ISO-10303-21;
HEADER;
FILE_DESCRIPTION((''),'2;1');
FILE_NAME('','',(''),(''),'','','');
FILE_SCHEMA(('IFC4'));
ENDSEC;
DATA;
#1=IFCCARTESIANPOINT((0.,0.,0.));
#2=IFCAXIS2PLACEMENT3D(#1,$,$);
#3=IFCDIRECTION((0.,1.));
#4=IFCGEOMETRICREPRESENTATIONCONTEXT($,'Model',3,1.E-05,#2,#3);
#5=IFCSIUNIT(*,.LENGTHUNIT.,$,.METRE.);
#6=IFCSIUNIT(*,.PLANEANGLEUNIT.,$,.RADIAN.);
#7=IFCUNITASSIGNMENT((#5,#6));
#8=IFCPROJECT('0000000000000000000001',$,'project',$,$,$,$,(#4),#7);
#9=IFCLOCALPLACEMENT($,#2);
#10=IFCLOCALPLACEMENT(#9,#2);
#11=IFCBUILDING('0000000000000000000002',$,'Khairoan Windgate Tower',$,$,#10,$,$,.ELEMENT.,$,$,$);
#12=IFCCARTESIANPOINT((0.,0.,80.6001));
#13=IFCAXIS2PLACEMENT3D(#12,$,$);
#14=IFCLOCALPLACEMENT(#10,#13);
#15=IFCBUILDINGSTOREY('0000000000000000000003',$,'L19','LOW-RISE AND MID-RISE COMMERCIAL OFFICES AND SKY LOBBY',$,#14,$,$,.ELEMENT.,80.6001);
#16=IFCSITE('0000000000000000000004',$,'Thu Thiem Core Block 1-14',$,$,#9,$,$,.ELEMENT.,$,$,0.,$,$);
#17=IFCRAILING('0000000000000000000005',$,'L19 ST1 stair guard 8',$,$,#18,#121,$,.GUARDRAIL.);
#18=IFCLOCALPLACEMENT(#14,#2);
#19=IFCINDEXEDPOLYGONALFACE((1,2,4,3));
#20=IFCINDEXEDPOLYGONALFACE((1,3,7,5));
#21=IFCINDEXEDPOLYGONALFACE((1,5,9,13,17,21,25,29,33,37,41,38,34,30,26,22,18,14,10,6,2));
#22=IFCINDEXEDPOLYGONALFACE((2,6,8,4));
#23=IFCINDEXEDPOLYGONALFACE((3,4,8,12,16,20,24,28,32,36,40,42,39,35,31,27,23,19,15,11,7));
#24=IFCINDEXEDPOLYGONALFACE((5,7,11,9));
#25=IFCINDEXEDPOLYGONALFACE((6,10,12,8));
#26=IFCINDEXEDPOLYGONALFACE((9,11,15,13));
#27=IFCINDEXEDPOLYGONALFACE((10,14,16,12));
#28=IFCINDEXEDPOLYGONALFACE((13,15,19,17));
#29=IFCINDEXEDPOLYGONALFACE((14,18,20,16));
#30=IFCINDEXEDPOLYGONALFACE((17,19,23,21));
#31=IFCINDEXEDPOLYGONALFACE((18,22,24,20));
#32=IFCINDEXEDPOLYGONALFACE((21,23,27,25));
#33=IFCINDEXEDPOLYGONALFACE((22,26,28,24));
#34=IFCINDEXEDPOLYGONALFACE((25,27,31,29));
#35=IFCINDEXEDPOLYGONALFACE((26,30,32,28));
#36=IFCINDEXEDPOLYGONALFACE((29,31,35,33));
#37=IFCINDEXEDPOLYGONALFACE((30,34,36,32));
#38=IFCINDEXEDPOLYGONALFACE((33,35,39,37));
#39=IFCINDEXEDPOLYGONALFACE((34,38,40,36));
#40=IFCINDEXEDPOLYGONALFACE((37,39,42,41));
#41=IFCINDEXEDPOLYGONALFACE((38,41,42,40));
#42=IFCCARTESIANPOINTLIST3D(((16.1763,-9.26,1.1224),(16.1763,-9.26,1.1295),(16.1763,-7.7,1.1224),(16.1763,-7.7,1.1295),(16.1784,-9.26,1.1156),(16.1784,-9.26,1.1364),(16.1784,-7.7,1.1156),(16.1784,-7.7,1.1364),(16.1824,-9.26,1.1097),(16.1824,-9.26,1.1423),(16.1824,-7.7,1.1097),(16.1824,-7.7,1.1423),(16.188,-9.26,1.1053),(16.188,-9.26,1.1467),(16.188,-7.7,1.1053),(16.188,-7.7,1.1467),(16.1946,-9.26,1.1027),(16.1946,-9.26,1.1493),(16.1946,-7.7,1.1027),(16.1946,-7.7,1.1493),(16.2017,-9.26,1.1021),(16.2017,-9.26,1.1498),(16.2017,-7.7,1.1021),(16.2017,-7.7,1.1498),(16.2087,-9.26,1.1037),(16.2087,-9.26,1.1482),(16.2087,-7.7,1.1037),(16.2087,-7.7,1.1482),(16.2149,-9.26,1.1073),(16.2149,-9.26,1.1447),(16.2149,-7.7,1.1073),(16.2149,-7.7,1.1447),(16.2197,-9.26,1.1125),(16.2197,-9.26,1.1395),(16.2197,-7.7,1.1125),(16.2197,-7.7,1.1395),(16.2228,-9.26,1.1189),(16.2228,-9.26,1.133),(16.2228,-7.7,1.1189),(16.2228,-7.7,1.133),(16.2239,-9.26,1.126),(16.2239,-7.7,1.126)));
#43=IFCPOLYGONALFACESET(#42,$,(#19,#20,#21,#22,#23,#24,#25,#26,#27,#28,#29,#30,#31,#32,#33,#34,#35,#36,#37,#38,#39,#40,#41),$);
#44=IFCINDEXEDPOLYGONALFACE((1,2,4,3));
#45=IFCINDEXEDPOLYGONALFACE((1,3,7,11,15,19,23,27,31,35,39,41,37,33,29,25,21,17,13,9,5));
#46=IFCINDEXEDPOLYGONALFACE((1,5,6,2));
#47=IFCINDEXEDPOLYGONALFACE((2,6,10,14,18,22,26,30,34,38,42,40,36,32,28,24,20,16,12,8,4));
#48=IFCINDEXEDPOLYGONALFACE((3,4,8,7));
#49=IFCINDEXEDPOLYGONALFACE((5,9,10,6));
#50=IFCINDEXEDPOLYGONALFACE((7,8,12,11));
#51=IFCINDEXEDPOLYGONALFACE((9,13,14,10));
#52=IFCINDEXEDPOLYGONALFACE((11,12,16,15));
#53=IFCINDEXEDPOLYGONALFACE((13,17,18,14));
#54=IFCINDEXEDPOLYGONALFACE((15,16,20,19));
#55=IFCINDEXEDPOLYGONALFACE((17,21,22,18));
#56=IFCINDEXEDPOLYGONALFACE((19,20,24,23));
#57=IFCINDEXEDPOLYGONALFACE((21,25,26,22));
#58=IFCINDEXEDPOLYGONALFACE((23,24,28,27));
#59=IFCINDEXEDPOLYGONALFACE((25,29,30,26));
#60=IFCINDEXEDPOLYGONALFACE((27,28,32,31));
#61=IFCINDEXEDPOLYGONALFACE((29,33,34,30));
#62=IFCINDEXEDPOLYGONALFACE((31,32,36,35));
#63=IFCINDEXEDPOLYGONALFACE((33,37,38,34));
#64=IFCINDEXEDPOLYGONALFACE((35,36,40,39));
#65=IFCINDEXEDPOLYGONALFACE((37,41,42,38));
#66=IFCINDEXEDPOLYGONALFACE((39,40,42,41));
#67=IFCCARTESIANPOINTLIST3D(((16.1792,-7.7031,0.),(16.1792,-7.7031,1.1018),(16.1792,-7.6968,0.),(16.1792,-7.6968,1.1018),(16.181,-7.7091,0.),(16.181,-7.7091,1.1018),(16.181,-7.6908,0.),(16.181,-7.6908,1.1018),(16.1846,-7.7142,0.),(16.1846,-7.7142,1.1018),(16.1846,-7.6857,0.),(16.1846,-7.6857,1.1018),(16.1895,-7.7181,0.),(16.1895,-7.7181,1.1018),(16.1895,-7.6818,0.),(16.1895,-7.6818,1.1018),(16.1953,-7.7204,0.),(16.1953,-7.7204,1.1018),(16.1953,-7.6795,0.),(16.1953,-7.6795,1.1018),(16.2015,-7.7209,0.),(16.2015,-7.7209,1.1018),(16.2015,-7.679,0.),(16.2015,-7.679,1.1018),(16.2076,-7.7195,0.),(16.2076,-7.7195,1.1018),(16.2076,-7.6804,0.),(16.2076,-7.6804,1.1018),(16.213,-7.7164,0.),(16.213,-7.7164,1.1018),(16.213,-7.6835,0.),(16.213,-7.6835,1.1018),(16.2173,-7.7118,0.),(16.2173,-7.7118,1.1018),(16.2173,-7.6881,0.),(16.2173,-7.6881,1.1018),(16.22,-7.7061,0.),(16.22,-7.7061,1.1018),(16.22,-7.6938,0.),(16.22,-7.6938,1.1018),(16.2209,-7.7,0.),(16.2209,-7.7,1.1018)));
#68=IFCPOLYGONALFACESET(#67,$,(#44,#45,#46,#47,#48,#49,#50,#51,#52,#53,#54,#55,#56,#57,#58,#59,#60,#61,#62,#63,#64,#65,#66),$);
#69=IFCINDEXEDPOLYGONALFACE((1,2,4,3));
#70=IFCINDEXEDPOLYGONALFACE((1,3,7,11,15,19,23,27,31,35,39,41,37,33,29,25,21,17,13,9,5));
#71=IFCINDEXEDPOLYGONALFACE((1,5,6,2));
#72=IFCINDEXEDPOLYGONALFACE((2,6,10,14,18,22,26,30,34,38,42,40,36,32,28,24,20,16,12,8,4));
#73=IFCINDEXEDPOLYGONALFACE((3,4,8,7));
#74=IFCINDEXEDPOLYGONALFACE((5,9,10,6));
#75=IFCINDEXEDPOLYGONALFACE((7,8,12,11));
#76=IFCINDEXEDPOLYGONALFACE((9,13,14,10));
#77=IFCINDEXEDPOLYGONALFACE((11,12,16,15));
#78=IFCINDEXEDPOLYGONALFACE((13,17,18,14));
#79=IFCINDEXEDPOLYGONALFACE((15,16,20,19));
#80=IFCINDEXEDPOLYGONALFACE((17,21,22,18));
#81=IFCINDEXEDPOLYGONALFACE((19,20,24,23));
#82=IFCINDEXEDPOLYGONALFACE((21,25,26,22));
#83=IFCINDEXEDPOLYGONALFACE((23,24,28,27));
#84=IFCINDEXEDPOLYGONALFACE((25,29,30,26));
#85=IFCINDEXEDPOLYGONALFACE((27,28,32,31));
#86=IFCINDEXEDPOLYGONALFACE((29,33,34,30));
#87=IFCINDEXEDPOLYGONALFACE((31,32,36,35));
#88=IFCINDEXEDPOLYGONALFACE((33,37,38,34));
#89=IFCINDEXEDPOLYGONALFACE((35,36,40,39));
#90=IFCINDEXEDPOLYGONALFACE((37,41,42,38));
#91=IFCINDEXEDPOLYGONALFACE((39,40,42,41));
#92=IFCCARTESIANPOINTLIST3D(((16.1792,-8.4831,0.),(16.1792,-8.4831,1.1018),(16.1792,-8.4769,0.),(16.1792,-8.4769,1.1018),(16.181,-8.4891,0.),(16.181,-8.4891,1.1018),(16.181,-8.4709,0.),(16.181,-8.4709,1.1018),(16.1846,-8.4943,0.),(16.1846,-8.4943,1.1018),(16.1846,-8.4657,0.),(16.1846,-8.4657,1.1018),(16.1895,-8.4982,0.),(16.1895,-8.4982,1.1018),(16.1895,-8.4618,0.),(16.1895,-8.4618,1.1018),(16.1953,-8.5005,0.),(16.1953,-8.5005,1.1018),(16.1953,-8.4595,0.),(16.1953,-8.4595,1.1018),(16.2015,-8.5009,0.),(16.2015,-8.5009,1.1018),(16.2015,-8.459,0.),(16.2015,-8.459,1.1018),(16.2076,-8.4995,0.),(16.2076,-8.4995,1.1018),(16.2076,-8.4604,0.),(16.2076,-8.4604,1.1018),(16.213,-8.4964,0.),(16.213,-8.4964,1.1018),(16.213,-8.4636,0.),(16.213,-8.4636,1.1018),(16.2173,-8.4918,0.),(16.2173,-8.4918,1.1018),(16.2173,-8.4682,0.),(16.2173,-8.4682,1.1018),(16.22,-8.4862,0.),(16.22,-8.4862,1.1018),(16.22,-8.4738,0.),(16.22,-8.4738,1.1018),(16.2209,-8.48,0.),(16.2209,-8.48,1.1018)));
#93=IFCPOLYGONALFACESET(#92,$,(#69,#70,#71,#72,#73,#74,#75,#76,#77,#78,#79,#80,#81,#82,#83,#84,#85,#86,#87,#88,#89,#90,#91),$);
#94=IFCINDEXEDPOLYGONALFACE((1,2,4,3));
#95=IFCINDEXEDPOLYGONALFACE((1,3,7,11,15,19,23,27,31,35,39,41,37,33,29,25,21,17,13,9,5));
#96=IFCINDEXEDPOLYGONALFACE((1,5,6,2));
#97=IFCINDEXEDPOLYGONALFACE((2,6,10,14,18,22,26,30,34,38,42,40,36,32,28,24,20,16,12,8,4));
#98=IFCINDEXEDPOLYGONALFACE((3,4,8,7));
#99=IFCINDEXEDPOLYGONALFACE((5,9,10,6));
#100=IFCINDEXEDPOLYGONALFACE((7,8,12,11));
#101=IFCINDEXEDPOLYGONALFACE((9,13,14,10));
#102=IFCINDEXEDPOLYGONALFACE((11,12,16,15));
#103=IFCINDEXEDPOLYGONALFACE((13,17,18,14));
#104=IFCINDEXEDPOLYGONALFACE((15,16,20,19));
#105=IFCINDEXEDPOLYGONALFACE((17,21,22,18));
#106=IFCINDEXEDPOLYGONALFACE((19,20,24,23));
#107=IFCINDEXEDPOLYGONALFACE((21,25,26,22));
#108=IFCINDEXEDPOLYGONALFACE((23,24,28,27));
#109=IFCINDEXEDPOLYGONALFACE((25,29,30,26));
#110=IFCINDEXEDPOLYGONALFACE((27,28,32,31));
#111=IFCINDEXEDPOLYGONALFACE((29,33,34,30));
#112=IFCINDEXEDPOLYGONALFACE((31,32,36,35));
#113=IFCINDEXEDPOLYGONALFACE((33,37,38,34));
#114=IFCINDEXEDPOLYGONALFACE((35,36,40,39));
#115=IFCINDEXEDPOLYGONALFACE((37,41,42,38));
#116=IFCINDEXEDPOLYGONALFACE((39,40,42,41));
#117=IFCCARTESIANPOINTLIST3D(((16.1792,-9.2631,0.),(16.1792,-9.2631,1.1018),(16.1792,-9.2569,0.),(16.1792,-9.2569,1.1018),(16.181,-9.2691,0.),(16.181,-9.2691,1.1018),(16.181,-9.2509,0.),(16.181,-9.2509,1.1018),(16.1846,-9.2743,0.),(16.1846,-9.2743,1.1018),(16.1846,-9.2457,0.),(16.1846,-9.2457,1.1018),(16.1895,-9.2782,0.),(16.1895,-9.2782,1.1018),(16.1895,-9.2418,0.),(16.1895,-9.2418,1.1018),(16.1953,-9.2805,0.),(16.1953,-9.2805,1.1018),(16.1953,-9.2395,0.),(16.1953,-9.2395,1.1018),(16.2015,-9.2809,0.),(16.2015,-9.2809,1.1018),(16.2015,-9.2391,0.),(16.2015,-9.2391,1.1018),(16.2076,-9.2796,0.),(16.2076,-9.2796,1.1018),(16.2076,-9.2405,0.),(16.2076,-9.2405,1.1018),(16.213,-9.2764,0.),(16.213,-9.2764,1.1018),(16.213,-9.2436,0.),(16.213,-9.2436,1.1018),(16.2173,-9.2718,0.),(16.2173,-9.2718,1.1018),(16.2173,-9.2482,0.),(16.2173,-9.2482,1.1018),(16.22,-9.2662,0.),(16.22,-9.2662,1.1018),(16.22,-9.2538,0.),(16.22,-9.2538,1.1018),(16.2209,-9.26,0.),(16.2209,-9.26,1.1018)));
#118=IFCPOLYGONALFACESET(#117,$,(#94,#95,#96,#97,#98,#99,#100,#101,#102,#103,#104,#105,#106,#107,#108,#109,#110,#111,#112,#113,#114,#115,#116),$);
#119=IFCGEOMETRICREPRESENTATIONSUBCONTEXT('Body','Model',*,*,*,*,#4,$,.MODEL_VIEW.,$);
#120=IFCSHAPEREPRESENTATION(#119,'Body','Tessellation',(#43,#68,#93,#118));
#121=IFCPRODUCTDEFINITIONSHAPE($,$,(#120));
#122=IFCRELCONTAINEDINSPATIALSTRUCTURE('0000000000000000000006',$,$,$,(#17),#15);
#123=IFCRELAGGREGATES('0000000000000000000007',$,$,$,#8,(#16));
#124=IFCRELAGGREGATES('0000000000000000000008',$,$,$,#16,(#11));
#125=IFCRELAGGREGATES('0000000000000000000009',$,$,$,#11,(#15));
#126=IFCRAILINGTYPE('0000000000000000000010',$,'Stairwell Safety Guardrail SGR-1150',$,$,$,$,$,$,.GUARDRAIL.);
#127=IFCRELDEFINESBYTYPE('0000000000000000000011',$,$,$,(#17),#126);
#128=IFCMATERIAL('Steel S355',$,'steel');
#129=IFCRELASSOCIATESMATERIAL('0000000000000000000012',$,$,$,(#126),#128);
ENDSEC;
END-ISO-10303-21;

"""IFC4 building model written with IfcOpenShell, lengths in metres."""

from ifc_helpers import new_model, si_unit, direction, frame, origin, origin_2d, place, context, subcontext, project, spatial, circle, extrude, material, type_object, element, save


model = new_model("IFC4")

# Units and contexts
model_context = context("Model", 3, precision=1e-05, world=origin(), true_north=direction((0.0, 1.0)))
body_context = subcontext(model_context, "Body", "Model", "MODEL_VIEW")
ifc_project = project(units=[si_unit("LENGTHUNIT", "METRE"), si_unit("PLANEANGLEUNIT", "RADIAN")], contexts=[model_context])

# Site, building, storey
site_placement = place(None, origin())
site = spatial("IfcSite", under=ifc_project, at=site_placement, Name="Thu Thiem Core Block 1-14", CompositionType="ELEMENT", RefElevation=0.0)
building_placement = place(site_placement, origin())
building = spatial("IfcBuilding", under=site, at=building_placement, Name="Khairoan Windgate Tower", CompositionType="ELEMENT")
storey_placement = place(building_placement, frame((0.0, 0.0, 80.6001)))
storey = spatial("IfcBuildingStorey", under=building, at=storey_placement, Name="L19", Description="LOW-RISE AND MID-RISE COMMERCIAL OFFICES AND SKY LOBBY", CompositionType="ELEMENT", Elevation=80.6001)

# Railing
ifc_material_1 = material(Name="Steel S355", Category="steel")
railing_type_1 = type_object("IfcRailingType", Name="Stairwell Safety Guardrail SGR-1150", PredefinedType="GUARDRAIL", material=ifc_material_1)
railing_1_placement = place(storey_placement, frame((16.2, -7.7, 0.0)))
element("IfcRailing", 1, at=railing_1_placement, inside=storey, type_object=railing_type_1, Name="L19 ST1 stair guard 8", PredefinedType="GUARDRAIL", context=body_context, shape_type="SweptSolid", body=[
    extrude(circle(Radius=0.0239, at=origin_2d()), frame((0.0, 0.0, 1.126), z_axis=(0.0, -1.0, 0.0), x_axis=(1.0, 0.0, 0.0)), (0.0, 0.0, 1.0), 1.5601),
    extrude(circle(Radius=0.021, at=origin_2d()), origin(), (0.0, 0.0, 1.0), 1.1018),
    extrude(circle(Radius=0.021, at=origin_2d()), frame((0.0, -0.78, 0.0)), (0.0, 0.0, 1.0), 1.1018),
    extrude(circle(Radius=0.021, at=origin_2d()), frame((0.0, -1.5601, 0.0)), (0.0, 0.0, 1.0), 1.1018),
])

save(model, "model.ifc")
